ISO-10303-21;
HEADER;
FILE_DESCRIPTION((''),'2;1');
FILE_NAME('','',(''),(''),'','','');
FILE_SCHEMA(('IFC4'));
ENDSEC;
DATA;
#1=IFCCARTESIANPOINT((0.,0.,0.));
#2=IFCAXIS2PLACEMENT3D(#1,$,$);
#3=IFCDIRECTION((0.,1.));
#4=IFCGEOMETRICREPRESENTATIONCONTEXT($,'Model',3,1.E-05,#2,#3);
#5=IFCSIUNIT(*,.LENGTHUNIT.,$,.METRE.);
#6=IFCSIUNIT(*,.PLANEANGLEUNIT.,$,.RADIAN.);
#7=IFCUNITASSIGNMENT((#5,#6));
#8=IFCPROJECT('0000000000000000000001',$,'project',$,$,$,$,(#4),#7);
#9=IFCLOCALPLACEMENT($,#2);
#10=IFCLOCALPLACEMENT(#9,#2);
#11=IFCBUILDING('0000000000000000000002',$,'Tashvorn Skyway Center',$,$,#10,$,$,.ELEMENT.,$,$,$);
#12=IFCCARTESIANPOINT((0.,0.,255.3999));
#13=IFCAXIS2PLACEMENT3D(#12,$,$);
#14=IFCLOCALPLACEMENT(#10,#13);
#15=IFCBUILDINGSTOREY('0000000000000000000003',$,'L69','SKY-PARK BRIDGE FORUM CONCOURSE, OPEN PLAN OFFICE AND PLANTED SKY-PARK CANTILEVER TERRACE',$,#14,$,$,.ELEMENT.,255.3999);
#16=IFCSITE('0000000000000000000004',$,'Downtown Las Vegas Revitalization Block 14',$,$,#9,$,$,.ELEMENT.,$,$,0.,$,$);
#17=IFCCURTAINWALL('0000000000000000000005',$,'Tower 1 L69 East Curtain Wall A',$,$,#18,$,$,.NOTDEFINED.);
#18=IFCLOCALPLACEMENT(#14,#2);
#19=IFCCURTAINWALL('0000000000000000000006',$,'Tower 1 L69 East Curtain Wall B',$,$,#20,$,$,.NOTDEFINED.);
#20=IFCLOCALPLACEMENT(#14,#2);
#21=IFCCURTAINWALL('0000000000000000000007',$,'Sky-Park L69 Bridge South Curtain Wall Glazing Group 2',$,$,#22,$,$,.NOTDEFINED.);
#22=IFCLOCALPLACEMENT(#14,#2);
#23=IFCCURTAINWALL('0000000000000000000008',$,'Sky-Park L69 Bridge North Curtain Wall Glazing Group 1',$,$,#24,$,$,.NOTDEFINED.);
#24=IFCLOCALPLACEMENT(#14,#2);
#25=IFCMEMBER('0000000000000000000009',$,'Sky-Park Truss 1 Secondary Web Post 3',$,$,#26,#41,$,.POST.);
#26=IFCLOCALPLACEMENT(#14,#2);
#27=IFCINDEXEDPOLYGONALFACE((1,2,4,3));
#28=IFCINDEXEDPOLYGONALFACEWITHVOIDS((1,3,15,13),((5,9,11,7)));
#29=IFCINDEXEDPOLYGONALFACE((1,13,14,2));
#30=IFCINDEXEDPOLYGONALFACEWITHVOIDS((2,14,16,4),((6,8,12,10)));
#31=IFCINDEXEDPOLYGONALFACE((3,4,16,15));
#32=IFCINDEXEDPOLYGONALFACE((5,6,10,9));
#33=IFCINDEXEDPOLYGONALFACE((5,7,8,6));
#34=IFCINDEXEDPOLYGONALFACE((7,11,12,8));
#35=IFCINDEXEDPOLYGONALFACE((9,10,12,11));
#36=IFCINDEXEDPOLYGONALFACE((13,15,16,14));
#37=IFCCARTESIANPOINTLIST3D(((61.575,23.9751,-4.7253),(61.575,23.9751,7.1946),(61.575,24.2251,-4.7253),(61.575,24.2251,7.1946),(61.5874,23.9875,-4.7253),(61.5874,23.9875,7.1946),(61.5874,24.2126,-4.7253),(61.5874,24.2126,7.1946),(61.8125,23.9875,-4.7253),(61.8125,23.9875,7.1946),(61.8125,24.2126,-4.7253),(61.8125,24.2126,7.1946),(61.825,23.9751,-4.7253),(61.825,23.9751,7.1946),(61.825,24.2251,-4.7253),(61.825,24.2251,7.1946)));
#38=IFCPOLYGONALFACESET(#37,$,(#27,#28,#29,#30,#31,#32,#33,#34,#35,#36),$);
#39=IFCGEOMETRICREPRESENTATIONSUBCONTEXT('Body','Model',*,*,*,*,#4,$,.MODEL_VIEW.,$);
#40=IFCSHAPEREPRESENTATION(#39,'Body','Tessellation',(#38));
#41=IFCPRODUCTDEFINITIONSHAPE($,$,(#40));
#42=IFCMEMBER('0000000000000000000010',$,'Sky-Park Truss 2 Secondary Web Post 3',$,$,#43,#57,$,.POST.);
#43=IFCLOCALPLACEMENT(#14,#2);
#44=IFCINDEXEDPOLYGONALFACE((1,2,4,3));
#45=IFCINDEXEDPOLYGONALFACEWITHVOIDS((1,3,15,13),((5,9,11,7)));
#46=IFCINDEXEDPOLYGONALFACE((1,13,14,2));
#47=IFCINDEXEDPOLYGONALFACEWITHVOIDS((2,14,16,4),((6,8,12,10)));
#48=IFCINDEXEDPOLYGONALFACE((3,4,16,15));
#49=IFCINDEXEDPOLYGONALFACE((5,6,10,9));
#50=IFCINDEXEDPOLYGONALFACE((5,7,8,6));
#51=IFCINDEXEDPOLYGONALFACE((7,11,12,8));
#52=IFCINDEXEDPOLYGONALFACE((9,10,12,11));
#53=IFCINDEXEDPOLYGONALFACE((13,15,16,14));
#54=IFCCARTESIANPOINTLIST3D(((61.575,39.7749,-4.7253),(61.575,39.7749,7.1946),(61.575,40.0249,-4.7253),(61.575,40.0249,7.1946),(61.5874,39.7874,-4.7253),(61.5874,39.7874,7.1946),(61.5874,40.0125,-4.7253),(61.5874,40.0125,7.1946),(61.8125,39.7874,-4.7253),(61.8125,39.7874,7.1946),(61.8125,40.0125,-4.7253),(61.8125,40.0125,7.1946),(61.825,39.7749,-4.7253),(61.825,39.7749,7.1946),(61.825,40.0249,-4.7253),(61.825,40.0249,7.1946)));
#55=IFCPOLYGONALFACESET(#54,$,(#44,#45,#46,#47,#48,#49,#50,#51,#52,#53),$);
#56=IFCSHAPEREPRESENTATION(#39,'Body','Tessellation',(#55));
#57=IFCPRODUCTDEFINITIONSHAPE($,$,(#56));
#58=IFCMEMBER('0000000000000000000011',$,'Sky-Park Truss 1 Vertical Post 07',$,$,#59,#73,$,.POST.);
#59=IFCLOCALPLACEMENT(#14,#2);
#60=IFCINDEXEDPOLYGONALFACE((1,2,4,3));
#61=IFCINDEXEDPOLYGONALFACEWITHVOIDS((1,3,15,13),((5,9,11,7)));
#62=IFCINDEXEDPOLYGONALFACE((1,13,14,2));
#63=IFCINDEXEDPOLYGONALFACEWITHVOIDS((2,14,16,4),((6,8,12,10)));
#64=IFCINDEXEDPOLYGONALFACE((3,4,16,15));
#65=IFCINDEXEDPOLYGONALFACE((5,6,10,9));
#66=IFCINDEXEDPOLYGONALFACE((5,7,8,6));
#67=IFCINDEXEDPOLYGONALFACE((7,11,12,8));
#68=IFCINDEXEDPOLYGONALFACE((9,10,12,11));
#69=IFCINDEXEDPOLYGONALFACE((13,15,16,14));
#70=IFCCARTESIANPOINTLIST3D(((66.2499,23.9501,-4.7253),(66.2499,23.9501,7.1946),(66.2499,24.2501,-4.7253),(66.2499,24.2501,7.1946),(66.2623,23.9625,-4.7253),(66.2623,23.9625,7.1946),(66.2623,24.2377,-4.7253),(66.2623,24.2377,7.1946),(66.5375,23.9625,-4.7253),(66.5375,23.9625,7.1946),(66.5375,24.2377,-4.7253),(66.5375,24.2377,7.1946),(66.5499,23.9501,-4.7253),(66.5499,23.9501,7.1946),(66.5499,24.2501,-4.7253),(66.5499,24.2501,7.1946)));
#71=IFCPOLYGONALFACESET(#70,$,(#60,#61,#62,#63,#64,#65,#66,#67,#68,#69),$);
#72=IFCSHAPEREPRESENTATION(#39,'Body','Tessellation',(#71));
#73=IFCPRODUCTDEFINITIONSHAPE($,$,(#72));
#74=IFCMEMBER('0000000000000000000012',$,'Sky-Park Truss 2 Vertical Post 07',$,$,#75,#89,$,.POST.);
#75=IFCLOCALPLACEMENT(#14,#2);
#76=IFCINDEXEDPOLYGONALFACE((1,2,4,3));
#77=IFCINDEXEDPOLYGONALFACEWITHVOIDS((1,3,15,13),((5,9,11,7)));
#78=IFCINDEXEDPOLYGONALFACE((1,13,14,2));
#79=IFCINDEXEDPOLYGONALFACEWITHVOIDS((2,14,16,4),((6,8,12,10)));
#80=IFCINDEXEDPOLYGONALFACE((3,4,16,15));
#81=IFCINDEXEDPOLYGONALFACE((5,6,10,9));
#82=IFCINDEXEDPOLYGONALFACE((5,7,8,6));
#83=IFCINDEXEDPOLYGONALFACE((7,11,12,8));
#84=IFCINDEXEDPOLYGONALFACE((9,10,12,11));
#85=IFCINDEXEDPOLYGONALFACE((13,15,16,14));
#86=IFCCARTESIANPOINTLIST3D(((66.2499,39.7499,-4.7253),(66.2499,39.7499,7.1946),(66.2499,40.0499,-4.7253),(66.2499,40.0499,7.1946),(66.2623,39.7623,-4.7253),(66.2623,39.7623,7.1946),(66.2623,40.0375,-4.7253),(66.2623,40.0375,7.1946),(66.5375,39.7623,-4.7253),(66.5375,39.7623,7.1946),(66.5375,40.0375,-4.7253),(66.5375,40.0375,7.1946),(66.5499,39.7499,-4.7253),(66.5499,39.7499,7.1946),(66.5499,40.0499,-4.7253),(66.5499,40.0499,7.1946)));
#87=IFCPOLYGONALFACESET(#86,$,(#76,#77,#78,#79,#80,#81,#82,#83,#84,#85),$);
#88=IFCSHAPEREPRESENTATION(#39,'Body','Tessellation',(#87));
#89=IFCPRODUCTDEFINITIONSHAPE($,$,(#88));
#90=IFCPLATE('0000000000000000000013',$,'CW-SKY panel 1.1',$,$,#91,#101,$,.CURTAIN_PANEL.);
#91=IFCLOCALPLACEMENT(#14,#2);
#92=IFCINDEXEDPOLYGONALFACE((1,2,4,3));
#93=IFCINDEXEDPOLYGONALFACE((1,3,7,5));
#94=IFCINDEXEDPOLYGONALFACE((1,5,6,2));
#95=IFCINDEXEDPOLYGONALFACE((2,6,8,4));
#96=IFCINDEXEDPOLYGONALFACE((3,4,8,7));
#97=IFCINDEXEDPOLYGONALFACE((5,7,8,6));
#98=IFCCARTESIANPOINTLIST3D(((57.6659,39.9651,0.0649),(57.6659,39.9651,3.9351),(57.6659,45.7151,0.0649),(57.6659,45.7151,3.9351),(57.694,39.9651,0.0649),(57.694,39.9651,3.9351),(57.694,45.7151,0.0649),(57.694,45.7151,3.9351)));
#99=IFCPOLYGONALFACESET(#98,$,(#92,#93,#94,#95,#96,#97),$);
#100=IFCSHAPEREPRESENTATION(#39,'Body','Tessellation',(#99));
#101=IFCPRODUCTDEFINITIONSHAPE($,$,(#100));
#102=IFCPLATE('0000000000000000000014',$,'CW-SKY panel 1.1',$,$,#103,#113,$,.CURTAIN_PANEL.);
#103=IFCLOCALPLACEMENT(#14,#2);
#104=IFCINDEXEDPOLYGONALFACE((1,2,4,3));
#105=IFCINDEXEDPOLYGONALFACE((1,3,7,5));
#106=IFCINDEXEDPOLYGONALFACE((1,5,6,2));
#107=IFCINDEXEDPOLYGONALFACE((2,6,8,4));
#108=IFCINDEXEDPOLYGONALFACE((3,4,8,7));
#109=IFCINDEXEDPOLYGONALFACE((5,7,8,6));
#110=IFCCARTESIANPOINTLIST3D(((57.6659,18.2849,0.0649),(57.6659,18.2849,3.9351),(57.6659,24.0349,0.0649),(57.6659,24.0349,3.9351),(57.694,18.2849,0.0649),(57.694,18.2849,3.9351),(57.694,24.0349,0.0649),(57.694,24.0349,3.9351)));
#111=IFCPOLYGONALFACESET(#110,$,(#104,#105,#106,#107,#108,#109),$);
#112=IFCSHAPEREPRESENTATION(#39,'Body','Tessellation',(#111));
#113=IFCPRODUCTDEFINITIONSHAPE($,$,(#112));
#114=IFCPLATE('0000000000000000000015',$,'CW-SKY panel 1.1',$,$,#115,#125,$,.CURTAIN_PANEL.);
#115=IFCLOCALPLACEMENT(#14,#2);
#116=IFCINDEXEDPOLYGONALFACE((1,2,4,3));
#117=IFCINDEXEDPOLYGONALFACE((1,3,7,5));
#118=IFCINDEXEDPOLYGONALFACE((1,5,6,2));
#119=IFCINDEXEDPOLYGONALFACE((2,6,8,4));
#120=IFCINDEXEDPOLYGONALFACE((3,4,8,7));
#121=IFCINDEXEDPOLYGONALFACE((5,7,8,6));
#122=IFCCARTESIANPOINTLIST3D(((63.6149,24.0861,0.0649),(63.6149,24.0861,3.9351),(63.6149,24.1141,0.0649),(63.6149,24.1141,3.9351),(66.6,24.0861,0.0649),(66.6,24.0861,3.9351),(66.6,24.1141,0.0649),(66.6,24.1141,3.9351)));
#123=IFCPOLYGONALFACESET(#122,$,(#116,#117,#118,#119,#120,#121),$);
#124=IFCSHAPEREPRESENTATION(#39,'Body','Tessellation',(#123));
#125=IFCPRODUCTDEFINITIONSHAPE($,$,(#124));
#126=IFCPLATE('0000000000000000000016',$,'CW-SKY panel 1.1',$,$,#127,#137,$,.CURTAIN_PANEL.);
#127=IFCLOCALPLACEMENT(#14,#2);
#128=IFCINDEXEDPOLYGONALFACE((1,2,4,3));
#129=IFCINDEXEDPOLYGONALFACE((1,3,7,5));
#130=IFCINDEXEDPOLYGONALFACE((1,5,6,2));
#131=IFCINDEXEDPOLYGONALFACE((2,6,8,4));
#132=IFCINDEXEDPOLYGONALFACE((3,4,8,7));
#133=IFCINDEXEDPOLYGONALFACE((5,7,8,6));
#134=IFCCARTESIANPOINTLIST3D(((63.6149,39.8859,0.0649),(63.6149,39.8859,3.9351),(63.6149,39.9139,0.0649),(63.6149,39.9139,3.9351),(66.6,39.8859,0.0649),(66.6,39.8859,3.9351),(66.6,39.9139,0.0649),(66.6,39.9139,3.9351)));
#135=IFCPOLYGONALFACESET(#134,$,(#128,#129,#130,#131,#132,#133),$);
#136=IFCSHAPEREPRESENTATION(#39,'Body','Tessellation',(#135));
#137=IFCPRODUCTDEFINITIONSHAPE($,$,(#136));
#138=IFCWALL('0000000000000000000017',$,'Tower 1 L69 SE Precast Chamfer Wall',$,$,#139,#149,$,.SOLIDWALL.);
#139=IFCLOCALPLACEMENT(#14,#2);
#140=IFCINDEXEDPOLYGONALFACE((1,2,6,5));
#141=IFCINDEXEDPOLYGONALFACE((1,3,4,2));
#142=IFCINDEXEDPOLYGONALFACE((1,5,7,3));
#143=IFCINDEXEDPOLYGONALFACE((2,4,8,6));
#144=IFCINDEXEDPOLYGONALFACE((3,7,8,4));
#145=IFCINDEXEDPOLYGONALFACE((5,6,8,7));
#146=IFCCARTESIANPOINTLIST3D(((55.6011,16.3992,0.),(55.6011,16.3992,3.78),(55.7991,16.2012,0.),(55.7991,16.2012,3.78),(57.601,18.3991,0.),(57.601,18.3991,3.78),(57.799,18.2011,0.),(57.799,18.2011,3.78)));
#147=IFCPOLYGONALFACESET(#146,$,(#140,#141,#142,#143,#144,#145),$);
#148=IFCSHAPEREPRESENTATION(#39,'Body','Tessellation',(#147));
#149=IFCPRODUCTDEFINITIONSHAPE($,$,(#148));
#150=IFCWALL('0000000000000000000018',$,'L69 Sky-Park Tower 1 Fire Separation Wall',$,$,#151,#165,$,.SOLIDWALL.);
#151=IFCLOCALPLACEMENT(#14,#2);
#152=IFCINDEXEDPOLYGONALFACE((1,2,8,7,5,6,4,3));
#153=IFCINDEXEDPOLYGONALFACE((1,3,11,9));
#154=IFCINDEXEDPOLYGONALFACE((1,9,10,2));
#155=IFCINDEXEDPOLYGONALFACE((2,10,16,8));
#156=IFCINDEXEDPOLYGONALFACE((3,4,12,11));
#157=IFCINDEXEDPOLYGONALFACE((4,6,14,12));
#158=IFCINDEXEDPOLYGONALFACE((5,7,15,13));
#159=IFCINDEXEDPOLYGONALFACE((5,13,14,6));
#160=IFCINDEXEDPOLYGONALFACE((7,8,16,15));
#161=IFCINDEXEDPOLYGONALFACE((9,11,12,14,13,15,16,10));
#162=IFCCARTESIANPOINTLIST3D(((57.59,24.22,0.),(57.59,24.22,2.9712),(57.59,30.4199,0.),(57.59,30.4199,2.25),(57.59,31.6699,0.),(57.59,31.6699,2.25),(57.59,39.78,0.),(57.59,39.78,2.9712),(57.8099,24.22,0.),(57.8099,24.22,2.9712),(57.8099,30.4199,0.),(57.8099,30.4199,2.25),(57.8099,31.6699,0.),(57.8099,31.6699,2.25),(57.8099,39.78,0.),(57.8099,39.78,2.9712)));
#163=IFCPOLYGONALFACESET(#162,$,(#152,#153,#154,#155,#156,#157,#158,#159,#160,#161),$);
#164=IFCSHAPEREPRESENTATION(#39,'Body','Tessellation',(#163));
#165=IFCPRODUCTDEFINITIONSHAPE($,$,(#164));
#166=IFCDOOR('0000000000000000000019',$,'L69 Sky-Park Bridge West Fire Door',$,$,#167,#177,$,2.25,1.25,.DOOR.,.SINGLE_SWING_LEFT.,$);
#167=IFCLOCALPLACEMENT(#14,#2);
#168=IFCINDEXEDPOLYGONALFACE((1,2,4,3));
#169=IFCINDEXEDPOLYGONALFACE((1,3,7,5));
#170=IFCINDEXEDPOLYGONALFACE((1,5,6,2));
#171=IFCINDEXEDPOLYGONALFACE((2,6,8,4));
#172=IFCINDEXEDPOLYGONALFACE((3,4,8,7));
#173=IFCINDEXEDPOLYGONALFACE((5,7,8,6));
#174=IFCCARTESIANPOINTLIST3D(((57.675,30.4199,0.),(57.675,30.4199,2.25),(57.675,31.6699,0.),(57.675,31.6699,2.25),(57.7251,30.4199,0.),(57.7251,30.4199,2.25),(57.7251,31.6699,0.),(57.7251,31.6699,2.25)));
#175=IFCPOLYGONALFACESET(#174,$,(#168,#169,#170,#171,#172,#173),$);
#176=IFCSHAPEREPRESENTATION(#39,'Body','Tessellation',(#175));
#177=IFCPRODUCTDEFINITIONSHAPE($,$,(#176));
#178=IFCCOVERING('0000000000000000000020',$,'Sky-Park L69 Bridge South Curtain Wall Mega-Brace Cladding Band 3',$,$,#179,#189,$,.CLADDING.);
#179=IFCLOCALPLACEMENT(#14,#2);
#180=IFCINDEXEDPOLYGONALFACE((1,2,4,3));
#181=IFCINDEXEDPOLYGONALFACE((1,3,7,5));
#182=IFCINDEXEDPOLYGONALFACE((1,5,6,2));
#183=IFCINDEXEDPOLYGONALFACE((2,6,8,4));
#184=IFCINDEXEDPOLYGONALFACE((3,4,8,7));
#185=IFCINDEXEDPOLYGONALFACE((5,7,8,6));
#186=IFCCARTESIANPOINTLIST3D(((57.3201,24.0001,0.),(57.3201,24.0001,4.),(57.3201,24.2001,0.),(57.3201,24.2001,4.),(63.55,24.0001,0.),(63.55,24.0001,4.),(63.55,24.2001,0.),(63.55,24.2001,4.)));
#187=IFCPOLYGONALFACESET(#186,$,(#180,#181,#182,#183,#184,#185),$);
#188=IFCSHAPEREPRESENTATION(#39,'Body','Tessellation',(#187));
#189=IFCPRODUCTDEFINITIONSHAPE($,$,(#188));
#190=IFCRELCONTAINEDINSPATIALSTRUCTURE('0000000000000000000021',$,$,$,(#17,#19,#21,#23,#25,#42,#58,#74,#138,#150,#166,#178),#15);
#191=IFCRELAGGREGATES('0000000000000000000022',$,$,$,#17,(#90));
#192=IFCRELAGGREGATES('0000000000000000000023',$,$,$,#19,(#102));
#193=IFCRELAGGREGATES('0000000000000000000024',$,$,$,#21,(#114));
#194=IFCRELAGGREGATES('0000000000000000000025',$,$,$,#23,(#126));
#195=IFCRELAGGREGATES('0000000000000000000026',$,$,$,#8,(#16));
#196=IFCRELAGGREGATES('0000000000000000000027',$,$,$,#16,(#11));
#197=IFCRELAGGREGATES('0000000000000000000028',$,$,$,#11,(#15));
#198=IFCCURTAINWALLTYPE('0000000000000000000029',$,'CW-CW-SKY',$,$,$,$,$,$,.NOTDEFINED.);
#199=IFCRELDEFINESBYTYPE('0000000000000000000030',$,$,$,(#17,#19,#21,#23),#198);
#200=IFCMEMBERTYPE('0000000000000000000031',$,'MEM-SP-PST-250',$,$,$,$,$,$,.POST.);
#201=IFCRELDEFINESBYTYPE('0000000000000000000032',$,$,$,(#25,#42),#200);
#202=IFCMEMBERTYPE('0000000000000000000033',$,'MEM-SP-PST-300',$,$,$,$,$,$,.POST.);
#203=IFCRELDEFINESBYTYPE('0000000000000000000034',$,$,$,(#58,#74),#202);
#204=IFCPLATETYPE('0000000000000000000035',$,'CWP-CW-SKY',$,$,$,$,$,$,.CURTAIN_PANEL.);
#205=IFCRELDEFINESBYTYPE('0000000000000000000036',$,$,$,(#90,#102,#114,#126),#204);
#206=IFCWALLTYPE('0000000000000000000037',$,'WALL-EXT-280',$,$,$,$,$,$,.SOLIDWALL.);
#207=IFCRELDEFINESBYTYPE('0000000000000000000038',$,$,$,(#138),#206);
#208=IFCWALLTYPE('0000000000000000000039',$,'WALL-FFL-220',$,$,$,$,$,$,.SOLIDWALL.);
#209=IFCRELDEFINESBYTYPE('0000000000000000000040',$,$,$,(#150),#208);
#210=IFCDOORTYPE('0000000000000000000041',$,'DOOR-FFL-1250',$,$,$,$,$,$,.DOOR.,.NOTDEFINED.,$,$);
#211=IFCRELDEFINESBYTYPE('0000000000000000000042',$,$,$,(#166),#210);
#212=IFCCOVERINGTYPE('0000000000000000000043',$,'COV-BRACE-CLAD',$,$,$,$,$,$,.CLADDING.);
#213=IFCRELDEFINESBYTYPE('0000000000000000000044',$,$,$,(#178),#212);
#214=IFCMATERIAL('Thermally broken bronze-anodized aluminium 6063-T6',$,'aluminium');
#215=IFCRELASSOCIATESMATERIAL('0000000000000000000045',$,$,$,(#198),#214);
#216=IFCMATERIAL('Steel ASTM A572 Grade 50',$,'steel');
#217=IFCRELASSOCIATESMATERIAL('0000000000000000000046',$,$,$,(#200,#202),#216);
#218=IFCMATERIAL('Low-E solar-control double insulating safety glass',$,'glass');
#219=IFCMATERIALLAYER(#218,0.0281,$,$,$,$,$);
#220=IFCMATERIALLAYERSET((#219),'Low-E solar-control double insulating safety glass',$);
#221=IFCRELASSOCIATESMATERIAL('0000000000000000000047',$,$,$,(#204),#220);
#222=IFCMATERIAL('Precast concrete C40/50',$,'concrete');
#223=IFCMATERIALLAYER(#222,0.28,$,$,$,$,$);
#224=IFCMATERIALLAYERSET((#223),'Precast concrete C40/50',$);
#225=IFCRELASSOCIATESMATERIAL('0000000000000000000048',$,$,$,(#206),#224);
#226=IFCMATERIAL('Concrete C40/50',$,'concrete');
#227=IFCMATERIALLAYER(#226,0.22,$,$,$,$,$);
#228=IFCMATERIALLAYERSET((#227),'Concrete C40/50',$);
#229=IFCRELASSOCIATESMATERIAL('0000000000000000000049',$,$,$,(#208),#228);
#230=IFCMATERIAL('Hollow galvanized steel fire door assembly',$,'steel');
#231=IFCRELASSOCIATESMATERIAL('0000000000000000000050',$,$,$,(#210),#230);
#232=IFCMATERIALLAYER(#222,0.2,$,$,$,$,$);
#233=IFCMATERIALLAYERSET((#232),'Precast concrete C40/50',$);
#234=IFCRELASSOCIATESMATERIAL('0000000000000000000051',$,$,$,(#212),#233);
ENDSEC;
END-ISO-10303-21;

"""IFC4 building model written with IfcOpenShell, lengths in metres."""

from ifc_helpers import new_model, si_unit, direction, frame, frame_2d, origin, origin_2d, place, context, subcontext, project, spatial, rectangle, hollow_rectangle, extrude, material, layer, layer_set, material_profile, profile_set, type_object, element, fill, aggregate, save


model = new_model("IFC4")

# Units and contexts
model_context = context("Model", 3, precision=1e-05, world=origin(), true_north=direction((0.0, 1.0)))
body_context = subcontext(model_context, "Body", "Model", "MODEL_VIEW")
ifc_project = project(units=[si_unit("LENGTHUNIT", "METRE"), si_unit("PLANEANGLEUNIT", "RADIAN")], contexts=[model_context])

# Site, building, storey
site_placement = place(None, origin())
site = spatial("IfcSite", under=ifc_project, at=site_placement, Name="Downtown Las Vegas Revitalization Block 14", CompositionType="ELEMENT", RefElevation=0.0)
building_placement = place(site_placement, origin())
building = spatial("IfcBuilding", under=site, at=building_placement, Name="Tashvorn Skyway Center", CompositionType="ELEMENT")
storey_placement = place(building_placement, frame((0.0, 0.0, 255.3999)))
storey = spatial("IfcBuildingStorey", under=building, at=storey_placement, Name="L69", Description="SKY-PARK BRIDGE FORUM CONCOURSE, OPEN PLAN OFFICE AND PLANTED SKY-PARK CANTILEVER TERRACE", CompositionType="ELEMENT", Elevation=255.3999)

# Curtain walls
ifc_material_1 = material(Name="Thermally broken bronze-anodized aluminium 6063-T6", Category="aluminium")
curtain_wall_type = type_object("IfcCurtainWallType", Name="CW-CW-SKY", PredefinedType="NOTDEFINED", material=ifc_material_1)
curtain_wall_1_placement = place(storey_placement, origin())
curtain_wall_1 = element("IfcCurtainWall", 1, at=curtain_wall_1_placement, inside=storey, type_object=curtain_wall_type, Name="Tower 1 L69 East Curtain Wall A", PredefinedType="NOTDEFINED")
curtain_wall_2_placement = place(storey_placement, origin())
curtain_wall_2 = element("IfcCurtainWall", 2, at=curtain_wall_2_placement, inside=storey, type_object=curtain_wall_type, Name="Tower 1 L69 East Curtain Wall B", PredefinedType="NOTDEFINED")

# Curtain walls
curtain_wall_3_placement = place(storey_placement, origin())
curtain_wall_3 = element("IfcCurtainWall", 3, at=curtain_wall_3_placement, inside=storey, type_object=curtain_wall_type, Name="Sky-Park L69 Bridge South Curtain Wall Glazing Group 2", PredefinedType="NOTDEFINED")
curtain_wall_4_placement = place(storey_placement, origin())
curtain_wall_4 = element("IfcCurtainWall", 4, at=curtain_wall_4_placement, inside=storey, type_object=curtain_wall_type, Name="Sky-Park L69 Bridge North Curtain Wall Glazing Group 1", PredefinedType="NOTDEFINED")

# Members
ifc_material_2 = material(Name="Steel ASTM A572 Grade 50", Category="steel")
ifc_material_profile_1 = material_profile(ifc_material_2, hollow_rectangle(XDim=0.25, YDim=0.25, WallThickness=0.0125, at=origin_2d()), Name="HSS250x250x12.5")
ifc_profile_set_1 = profile_set([ifc_material_profile_1], Name="Steel ASTM A572 Grade 50")
member_type_1 = type_object("IfcMemberType", Name="MEM-SP-PST-250", PredefinedType="POST", material=ifc_profile_set_1)
for number, where, z_axis, x_axis, name in (
    (5, (61.7, 24.1001, -4.7253), (0.0, 0.0, 1.0), (1.0, 0.0, 0.0), "Sky-Park Truss 1 Secondary Web Post 3"),
    (6, (61.7, 39.8999, -4.7253), (0.0, 0.0, 1.0), (1.0, 0.0, 0.0), "Sky-Park Truss 2 Secondary Web Post 3"),
):
    element("IfcMember", number, at=place(storey_placement, frame(where, z_axis=z_axis, x_axis=x_axis)), inside=storey, type_object=member_type_1, Name=name, PredefinedType="POST", context=body_context, shape_type="SweptSolid", body=[
        extrude(hollow_rectangle(XDim=0.25, YDim=0.25, WallThickness=0.0125, at=origin_2d()), origin(), (0.0, 0.0, 1.0), 11.9199),
    ])
ifc_material_profile_2 = material_profile(ifc_material_2, hollow_rectangle(XDim=0.3, YDim=0.3, WallThickness=0.0125, at=origin_2d()), Name="HSS300x300x12.5")
ifc_profile_set_2 = profile_set([ifc_material_profile_2], Name="Steel ASTM A572 Grade 50")
member_type_2 = type_object("IfcMemberType", Name="MEM-SP-PST-300", PredefinedType="POST", material=ifc_profile_set_2)
for number, where, z_axis, x_axis, name in (
    (7, (66.3999, 24.1001, -4.7253), (0.0, 0.0, 1.0), (1.0, 0.0, 0.0), "Sky-Park Truss 1 Vertical Post 07"),
    (8, (66.3999, 39.8999, -4.7253), (0.0, 0.0, 1.0), (1.0, 0.0, 0.0), "Sky-Park Truss 2 Vertical Post 07"),
):
    element("IfcMember", number, at=place(storey_placement, frame(where, z_axis=z_axis, x_axis=x_axis)), inside=storey, type_object=member_type_2, Name=name, PredefinedType="POST", context=body_context, shape_type="SweptSolid", body=[
        extrude(hollow_rectangle(XDim=0.3, YDim=0.3, WallThickness=0.0125, at=origin_2d()), origin(), (0.0, 0.0, 1.0), 11.9199),
    ])

# Plates
ifc_material_3 = material(Name="Low-E solar-control double insulating safety glass", Category="glass")
ifc_layer_1 = layer(ifc_material_3, 0.0281)
ifc_layer_set_1 = layer_set([ifc_layer_1], Name="Low-E solar-control double insulating safety glass")
plate_type = type_object("IfcPlateType", Name="CWP-CW-SKY", PredefinedType="CURTAIN_PANEL", material=ifc_layer_set_1)
plate_1_placement = place(storey_placement, frame((57.6799, 42.8401, 0.0649), z_axis=(0.0, 0.0, 1.0), x_axis=(0.0, -1.0, 0.0)))
plate_1 = element("IfcPlate", 9, at=plate_1_placement, type_object=plate_type, Name="CW-SKY panel 1.1", PredefinedType="CURTAIN_PANEL", context=body_context, shape_type="SweptSolid", body=[
    extrude(rectangle(XDim=5.75, YDim=0.0281, at=origin_2d()), origin(), (0.0, 0.0, 1.0), 3.8701),
])
aggregate(curtain_wall_1, [plate_1])
plate_2_placement = place(storey_placement, frame((57.6799, 21.1599, 0.0649), z_axis=(0.0, 0.0, 1.0), x_axis=(0.0, -1.0, 0.0)))
plate_2 = element("IfcPlate", 10, at=plate_2_placement, type_object=plate_type, Name="CW-SKY panel 1.1", PredefinedType="CURTAIN_PANEL", context=body_context, shape_type="SweptSolid", body=[
    extrude(rectangle(XDim=5.75, YDim=0.0281, at=origin_2d()), origin(), (0.0, 0.0, 1.0), 3.8701),
])
aggregate(curtain_wall_2, [plate_2])
plate_3_placement = place(storey_placement, frame((65.1074, 24.1001, 0.0649), z_axis=(0.0, 0.0, 1.0), x_axis=(-1.0, 0.0, 0.0)))
plate_3 = element("IfcPlate", 11, at=plate_3_placement, type_object=plate_type, Name="CW-SKY panel 1.1", PredefinedType="CURTAIN_PANEL", context=body_context, shape_type="SweptSolid", body=[
    extrude(rectangle(XDim=2.9851, YDim=0.0281, at=origin_2d()), origin(), (0.0, 0.0, 1.0), 3.8701),
])
aggregate(curtain_wall_3, [plate_3])
plate_4_placement = place(storey_placement, frame((65.1074, 39.8999, 0.0649), z_axis=(0.0, 0.0, 1.0), x_axis=(1.0, 0.0, 0.0)))
plate_4 = element("IfcPlate", 12, at=plate_4_placement, type_object=plate_type, Name="CW-SKY panel 1.1", PredefinedType="CURTAIN_PANEL", context=body_context, shape_type="SweptSolid", body=[
    extrude(rectangle(XDim=2.9851, YDim=0.0281, at=origin_2d()), origin(), (0.0, 0.0, 1.0), 3.8701),
])
aggregate(curtain_wall_4, [plate_4])

# Wall
ifc_material_4 = material(Name="Precast concrete C40/50", Category="concrete")
ifc_layer_2 = layer(ifc_material_4, 0.28)
ifc_layer_set_2 = layer_set([ifc_layer_2], Name="Precast concrete C40/50")
wall_type_1 = type_object("IfcWallType", Name="WALL-EXT-280", PredefinedType="SOLIDWALL", material=ifc_layer_set_2)
wall_1_placement = place(storey_placement, frame((57.7, 18.3, 0.0), z_axis=(0.0, 0.0, 1.0), x_axis=(-0.707107, -0.707107, 0.0)))
element("IfcWall", 13, at=wall_1_placement, inside=storey, type_object=wall_type_1, Name="Tower 1 L69 SE Precast Chamfer Wall", PredefinedType="SOLIDWALL", context=body_context, shape_type="SweptSolid", body=[
    extrude(rectangle(XDim=2.8284, YDim=0.28, at=frame_2d((1.4141, 0.0))), origin(), (0.0, 0.0, 1.0), 3.78),
])

# Wall, opening, door
ifc_material_5 = material(Name="Concrete C40/50", Category="concrete")
ifc_layer_3 = layer(ifc_material_5, 0.22)
ifc_layer_set_3 = layer_set([ifc_layer_3], Name="Concrete C40/50")
wall_type_2 = type_object("IfcWallType", Name="WALL-FFL-220", PredefinedType="SOLIDWALL", material=ifc_layer_set_3)
wall_2_placement = place(storey_placement, frame((57.7, 24.22, 0.0), z_axis=(0.0, 0.0, 1.0), x_axis=(0.0, 1.0, 0.0)))
wall_2 = element("IfcWall", 14, at=wall_2_placement, inside=storey, type_object=wall_type_2, Name="L69 Sky-Park Tower 1 Fire Separation Wall", PredefinedType="SOLIDWALL", context=body_context, shape_type="SweptSolid", body=[
    extrude(rectangle(XDim=15.5601, YDim=0.22, at=frame_2d((7.78, 0.0))), origin(), (0.0, 0.0, 1.0), 2.9712),
])
opening_placement = place(wall_2_placement, frame((6.2, 0.0, 0.0)))
opening = element("IfcOpeningElement", 15, at=opening_placement, cuts=wall_2, PredefinedType="OPENING", context=body_context, shape_type="SweptSolid", body=[
    extrude(rectangle(XDim=1.25, YDim=2.25, at=frame_2d((0.625, 1.125))), frame((0.0, 0.1199, 0.0), z_axis=(0.0, -1.0, 0.0), x_axis=(1.0, 0.0, 0.0)), (0.0, 0.0, 1.0), 0.24),
])
ifc_material_6 = material(Name="Hollow galvanized steel fire door assembly", Category="steel")
door_type = type_object("IfcDoorType", Name="DOOR-FFL-1250", OperationType="NOTDEFINED", PredefinedType="DOOR", material=ifc_material_6)
door_placement = place(opening_placement, origin())
door = element("IfcDoor", 16, at=door_placement, inside=storey, type_object=door_type, Name="L69 Sky-Park Bridge West Fire Door", OperationType="SINGLE_SWING_LEFT", OverallHeight=2.25, OverallWidth=1.25, PredefinedType="DOOR", context=body_context, shape_type="SweptSolid", body=[
    extrude(rectangle(XDim=1.25, YDim=2.25, at=frame_2d((0.625, 1.125))), frame((0.0, 0.0249, 0.0), z_axis=(0.0, -1.0, 0.0), x_axis=(1.0, 0.0, 0.0)), (0.0, 0.0, 1.0), 0.05),
])
fill(opening, door)

# Covering
ifc_layer_4 = layer(ifc_material_4, 0.2)
ifc_layer_set_4 = layer_set([ifc_layer_4], Name="Precast concrete C40/50")
covering_type_1 = type_object("IfcCoveringType", Name="COV-BRACE-CLAD", PredefinedType="CLADDING", material=ifc_layer_set_4)
for number, where, z_axis, x_axis, name in (
    (17, (60.4351, 24.1001, 0.0), (0.0, 0.0, 1.0), (-1.0, 0.0, 0.0), "Sky-Park L69 Bridge South Curtain Wall Mega-Brace Cladding Band 3"),
):
    element("IfcCovering", number, at=place(storey_placement, frame(where, z_axis=z_axis, x_axis=x_axis)), inside=storey, type_object=covering_type_1, Name=name, PredefinedType="CLADDING", context=body_context, shape_type="SweptSolid", body=[
        extrude(rectangle(XDim=6.23, YDim=0.2, at=origin_2d()), origin(), (0.0, 0.0, 1.0), 4.0),
    ])

save(model, "model.ifc")
